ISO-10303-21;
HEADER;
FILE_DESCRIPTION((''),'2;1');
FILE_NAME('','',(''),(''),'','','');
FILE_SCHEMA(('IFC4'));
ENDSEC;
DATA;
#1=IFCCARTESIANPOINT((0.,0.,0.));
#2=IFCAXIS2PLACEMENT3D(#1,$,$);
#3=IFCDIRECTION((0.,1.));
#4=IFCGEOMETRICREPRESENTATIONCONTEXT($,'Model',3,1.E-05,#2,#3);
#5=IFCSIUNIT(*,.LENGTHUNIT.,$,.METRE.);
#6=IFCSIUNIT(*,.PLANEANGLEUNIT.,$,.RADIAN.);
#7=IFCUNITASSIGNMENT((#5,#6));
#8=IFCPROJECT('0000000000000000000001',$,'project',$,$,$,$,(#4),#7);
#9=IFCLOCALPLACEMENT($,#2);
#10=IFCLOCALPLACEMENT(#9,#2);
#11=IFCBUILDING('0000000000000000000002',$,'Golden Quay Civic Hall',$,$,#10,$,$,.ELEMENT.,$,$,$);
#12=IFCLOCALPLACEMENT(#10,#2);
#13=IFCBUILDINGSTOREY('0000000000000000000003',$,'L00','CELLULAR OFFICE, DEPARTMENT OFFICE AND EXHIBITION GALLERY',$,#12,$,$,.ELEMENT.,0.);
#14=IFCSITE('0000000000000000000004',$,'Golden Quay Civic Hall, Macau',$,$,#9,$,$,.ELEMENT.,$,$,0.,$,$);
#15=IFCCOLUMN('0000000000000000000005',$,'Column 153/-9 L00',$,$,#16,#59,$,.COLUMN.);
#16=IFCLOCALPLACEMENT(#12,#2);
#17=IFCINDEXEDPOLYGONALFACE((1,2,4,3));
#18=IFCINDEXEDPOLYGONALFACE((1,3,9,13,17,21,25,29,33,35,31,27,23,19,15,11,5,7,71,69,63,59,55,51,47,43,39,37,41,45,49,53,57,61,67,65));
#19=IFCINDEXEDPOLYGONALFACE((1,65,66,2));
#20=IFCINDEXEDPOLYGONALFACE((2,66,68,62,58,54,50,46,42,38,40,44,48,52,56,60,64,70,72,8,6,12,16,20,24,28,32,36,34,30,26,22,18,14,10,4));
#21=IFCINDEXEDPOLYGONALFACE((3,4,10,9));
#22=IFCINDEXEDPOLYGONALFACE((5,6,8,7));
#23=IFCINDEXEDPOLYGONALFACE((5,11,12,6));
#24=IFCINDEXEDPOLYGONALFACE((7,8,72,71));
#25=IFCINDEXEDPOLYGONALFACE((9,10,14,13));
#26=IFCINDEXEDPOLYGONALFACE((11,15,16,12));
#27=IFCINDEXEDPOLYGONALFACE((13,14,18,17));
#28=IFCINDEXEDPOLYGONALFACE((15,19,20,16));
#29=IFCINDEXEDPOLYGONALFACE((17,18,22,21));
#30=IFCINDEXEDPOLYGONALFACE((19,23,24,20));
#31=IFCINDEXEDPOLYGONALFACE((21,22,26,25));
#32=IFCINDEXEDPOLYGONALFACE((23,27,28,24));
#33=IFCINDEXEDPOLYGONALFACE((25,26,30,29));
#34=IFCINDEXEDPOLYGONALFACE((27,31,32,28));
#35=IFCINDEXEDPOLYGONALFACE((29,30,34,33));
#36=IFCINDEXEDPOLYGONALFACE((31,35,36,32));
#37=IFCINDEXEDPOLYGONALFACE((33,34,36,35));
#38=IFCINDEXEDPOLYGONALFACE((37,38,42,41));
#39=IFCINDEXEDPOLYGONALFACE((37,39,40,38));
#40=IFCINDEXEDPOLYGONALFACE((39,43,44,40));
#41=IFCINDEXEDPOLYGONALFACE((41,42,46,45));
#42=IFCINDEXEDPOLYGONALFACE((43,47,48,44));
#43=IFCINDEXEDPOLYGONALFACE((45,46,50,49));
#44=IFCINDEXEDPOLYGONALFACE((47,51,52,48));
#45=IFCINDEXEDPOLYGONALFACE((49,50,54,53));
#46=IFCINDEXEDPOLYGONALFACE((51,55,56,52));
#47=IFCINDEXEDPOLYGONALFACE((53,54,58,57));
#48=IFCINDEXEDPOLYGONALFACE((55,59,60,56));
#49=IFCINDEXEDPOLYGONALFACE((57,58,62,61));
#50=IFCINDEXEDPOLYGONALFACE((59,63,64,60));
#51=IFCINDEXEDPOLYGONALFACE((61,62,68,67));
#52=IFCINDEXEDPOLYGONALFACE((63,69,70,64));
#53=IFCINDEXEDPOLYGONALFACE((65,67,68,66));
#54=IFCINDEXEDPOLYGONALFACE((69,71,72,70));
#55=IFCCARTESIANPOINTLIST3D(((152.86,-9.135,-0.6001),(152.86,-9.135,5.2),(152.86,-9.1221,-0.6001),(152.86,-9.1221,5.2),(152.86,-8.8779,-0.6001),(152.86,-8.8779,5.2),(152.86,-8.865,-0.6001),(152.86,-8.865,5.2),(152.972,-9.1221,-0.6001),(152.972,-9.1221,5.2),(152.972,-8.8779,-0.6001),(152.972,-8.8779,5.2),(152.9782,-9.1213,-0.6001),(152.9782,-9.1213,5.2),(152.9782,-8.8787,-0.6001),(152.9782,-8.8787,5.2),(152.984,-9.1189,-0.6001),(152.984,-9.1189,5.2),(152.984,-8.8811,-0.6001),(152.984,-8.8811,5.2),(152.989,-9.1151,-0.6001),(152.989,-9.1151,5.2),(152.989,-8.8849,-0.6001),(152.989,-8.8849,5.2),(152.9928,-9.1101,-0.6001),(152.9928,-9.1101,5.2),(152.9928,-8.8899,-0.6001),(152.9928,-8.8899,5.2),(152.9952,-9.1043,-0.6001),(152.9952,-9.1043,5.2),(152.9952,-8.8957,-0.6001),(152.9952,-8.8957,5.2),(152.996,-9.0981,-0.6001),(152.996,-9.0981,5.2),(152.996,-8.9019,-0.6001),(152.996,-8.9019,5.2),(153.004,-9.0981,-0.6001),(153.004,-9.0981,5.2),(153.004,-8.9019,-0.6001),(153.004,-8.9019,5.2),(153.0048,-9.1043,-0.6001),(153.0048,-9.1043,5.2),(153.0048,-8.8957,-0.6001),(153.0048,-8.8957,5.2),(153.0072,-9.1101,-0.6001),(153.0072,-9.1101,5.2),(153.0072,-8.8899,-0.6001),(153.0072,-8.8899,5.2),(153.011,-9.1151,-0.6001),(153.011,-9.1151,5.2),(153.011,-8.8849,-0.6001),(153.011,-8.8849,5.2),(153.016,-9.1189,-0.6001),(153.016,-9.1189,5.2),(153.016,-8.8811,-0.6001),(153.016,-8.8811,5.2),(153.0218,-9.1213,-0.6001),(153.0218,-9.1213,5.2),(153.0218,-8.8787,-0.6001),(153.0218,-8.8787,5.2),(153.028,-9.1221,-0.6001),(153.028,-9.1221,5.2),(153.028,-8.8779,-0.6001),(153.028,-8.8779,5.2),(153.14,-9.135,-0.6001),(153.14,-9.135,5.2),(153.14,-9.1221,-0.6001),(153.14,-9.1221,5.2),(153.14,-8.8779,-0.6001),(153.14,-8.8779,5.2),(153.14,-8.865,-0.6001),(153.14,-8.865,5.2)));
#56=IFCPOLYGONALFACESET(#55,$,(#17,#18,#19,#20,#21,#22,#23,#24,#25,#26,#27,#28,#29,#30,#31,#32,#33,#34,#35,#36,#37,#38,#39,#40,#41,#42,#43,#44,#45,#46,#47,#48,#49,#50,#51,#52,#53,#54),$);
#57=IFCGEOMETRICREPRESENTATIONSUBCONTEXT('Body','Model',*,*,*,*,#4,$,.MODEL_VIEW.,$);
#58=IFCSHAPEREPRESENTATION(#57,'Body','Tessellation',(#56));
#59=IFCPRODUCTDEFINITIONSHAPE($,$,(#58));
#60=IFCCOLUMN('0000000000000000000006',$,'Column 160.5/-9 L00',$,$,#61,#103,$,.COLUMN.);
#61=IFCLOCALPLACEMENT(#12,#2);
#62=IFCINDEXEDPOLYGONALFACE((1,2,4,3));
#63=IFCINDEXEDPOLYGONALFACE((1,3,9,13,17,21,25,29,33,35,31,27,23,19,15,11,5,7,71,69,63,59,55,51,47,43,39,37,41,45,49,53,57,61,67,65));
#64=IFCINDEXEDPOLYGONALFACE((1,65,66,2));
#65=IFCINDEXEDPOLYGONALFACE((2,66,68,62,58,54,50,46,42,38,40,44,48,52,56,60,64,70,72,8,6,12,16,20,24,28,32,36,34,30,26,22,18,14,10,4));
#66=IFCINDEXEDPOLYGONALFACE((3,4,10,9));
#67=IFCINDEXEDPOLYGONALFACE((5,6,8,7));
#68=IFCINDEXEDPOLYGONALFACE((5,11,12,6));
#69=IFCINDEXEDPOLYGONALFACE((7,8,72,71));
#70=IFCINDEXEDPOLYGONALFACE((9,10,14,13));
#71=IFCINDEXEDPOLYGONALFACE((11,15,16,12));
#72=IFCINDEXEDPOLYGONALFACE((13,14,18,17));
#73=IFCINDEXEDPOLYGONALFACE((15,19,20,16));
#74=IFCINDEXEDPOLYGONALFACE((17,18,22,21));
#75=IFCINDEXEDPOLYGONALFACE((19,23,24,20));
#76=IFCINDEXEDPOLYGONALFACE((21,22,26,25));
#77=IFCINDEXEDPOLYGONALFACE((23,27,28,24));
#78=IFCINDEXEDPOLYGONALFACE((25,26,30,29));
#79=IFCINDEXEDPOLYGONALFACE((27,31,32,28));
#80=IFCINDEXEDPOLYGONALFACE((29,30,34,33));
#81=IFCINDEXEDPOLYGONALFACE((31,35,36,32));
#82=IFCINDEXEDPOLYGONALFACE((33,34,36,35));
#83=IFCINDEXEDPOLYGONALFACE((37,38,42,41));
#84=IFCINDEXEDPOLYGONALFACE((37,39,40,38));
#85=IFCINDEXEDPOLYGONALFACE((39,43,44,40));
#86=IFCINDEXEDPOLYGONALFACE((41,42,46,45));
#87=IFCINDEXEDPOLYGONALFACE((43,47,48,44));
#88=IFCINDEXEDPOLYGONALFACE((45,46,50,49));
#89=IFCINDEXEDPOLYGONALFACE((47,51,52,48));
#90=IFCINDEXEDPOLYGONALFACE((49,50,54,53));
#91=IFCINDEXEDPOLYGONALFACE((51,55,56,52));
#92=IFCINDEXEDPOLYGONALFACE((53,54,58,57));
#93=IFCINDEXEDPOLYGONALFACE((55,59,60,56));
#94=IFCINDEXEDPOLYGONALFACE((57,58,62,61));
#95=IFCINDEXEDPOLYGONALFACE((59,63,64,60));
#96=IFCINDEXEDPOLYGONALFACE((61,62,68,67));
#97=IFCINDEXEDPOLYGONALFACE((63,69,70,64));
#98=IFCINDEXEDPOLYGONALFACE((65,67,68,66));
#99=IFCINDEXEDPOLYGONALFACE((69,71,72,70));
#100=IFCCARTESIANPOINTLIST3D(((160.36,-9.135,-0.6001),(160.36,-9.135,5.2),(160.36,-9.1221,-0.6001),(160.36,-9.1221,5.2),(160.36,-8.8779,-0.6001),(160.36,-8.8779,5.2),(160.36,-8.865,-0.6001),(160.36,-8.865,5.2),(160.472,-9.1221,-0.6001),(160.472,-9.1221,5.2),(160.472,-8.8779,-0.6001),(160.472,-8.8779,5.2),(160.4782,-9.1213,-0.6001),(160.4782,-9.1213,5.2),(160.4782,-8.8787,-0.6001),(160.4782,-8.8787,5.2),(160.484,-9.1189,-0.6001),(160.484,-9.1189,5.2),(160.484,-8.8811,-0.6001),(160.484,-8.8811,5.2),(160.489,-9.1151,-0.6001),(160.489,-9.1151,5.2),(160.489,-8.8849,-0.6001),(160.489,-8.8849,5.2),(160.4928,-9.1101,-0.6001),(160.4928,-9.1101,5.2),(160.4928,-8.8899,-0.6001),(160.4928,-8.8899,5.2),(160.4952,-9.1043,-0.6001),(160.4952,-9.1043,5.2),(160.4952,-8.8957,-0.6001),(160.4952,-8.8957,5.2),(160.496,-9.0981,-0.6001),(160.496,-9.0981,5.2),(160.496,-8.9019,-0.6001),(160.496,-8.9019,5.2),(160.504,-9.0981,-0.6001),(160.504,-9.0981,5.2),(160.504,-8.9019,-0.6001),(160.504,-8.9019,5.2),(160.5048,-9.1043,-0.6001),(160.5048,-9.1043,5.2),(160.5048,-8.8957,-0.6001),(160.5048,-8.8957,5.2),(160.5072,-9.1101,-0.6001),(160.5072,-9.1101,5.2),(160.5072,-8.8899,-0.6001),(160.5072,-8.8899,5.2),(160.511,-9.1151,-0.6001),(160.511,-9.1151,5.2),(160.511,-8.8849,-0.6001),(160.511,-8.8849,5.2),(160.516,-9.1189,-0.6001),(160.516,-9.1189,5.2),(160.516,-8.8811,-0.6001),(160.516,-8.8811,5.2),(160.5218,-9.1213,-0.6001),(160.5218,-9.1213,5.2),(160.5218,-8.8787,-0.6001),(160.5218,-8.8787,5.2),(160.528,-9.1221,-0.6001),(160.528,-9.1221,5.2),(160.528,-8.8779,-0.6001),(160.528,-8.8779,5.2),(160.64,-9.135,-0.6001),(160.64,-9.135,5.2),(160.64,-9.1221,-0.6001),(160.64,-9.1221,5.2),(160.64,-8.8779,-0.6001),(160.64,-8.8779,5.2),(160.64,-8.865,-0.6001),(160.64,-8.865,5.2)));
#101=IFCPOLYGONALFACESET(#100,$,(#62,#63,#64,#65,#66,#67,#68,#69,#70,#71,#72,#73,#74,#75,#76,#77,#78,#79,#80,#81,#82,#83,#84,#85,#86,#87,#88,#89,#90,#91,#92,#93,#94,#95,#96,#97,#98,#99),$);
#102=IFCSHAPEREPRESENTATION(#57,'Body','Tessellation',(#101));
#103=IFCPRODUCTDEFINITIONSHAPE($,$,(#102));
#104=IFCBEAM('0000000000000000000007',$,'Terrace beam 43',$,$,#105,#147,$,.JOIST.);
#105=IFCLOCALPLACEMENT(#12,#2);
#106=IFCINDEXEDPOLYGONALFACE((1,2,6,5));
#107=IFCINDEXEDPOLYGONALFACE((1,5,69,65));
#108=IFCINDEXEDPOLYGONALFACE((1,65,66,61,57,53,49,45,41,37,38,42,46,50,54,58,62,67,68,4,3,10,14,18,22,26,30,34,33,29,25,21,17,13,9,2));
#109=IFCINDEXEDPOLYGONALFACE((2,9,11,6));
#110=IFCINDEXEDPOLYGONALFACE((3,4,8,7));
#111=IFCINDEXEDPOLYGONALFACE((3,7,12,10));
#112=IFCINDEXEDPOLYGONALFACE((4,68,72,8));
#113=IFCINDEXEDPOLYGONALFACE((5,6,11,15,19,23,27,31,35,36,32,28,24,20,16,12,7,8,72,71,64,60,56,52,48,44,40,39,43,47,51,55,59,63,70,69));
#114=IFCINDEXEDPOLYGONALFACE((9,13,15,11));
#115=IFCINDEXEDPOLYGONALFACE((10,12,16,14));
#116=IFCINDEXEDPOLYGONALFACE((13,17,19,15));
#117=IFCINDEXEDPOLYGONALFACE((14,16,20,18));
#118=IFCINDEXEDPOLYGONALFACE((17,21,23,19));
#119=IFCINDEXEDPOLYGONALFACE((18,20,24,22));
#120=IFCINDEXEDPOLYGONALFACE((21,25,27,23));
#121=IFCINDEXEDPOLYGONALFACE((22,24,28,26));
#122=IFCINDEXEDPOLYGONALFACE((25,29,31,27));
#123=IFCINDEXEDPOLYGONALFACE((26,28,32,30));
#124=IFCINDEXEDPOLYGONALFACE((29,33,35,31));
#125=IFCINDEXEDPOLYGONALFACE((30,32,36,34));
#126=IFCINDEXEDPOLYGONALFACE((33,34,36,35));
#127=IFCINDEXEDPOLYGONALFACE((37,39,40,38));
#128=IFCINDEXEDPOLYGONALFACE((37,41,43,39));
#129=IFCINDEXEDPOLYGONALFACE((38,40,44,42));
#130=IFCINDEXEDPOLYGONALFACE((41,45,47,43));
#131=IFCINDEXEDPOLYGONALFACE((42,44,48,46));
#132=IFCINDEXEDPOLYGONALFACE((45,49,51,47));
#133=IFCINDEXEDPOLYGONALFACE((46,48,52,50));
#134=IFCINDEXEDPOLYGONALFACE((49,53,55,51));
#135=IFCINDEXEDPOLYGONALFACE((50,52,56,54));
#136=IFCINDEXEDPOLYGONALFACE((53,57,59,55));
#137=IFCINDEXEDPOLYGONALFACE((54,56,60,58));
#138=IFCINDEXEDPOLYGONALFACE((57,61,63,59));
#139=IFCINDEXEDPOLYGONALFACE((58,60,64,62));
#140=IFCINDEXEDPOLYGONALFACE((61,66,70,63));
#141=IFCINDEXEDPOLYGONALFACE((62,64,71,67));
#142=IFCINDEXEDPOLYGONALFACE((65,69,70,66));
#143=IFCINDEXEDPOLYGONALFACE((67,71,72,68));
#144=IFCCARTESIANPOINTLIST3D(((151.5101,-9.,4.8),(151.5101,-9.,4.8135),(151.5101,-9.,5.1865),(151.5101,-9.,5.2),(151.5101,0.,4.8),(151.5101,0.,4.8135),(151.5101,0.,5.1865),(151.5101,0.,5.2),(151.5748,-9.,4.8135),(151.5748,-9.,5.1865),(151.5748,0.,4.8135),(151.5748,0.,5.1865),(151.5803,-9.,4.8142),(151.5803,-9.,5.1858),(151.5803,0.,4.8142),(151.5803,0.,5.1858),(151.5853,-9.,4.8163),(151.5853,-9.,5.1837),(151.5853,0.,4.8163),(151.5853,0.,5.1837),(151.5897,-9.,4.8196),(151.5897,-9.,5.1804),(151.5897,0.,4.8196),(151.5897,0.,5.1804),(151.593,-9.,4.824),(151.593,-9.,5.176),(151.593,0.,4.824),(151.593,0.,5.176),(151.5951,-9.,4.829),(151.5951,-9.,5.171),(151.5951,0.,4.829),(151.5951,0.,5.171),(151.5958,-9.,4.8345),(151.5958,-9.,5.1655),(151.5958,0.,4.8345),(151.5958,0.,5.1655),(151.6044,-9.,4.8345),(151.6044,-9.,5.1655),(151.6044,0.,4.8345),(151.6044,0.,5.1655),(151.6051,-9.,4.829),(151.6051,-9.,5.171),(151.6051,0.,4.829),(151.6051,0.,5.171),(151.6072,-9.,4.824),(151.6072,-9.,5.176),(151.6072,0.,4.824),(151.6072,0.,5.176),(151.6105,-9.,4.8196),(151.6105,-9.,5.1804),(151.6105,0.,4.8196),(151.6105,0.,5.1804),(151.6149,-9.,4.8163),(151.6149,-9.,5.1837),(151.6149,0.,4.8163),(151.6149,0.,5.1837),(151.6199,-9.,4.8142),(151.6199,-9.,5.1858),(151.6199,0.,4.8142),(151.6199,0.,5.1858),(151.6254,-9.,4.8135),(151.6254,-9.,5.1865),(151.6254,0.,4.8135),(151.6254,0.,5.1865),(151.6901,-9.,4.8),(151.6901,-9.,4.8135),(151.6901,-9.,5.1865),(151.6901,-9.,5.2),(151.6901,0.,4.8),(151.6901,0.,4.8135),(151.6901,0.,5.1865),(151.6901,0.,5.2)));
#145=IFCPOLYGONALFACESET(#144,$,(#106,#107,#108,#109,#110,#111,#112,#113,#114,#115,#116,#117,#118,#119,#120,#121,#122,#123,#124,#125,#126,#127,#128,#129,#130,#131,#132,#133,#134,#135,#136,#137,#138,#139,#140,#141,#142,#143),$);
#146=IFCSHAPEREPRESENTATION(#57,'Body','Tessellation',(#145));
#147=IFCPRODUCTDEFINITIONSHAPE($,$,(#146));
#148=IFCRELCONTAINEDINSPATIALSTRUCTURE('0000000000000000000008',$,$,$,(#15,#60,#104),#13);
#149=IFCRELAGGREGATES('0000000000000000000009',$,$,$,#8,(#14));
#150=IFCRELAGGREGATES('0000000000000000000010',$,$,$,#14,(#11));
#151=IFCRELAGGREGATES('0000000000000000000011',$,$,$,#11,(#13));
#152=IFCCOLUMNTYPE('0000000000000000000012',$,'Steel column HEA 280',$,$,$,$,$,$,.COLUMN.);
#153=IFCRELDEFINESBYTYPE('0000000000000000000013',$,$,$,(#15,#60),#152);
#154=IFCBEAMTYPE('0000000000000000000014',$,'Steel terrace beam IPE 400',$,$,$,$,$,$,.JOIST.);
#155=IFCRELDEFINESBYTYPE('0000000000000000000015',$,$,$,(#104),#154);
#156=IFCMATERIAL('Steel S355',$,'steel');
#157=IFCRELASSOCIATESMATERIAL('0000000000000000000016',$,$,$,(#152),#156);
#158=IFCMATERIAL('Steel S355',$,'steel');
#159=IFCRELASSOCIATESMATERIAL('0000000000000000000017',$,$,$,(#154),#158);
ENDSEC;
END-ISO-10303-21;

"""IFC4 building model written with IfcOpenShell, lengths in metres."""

from ifc_helpers import new_model, si_unit, direction, frame, origin, origin_2d, place, context, subcontext, project, spatial, i_section, extrude, material, material_profile, profile_set, type_object, element, save


model = new_model("IFC4")

# Units and contexts
model_context = context("Model", 3, precision=1e-05, world=origin(), true_north=direction((0.0, 1.0)))
body_context = subcontext(model_context, "Body", "Model", "MODEL_VIEW")
ifc_project = project(units=[si_unit("LENGTHUNIT", "METRE"), si_unit("PLANEANGLEUNIT", "RADIAN")], contexts=[model_context])

# Site, building, storey
site_placement = place(None, origin())
site = spatial("IfcSite", under=ifc_project, at=site_placement, Name="Golden Quay Civic Hall, Macau", CompositionType="ELEMENT", RefElevation=0.0)
building_placement = place(site_placement, origin())
building = spatial("IfcBuilding", under=site, at=building_placement, Name="Golden Quay Civic Hall", CompositionType="ELEMENT")
storey_placement = place(building_placement, origin())
storey = spatial("IfcBuildingStorey", under=building, at=storey_placement, Name="L00", Description="CELLULAR OFFICE, DEPARTMENT OFFICE AND EXHIBITION GALLERY", CompositionType="ELEMENT", Elevation=0.0)

# Columns
ifc_material_1 = material(Name="Steel S355", Category="steel")
ifc_material_profile_1 = material_profile(ifc_material_1, i_section(OverallWidth=0.28, OverallDepth=0.27, WebThickness=0.0081, FlangeThickness=0.0129, FilletRadius=0.0239, at=origin_2d()), Name="HEA 280")
ifc_profile_set_1 = profile_set([ifc_material_profile_1], Name="Steel S355")
column_type = type_object("IfcColumnType", Name="Steel column HEA 280", PredefinedType="COLUMN", material=ifc_profile_set_1)
for number, where, z_axis, x_axis, name in (
    (1, (153.0, -9.0, -0.6001), (0.0, 0.0, 1.0), (1.0, 0.0, 0.0), "Column 153/-9 L00"),
    (2, (160.5, -9.0, -0.6001), (0.0, 0.0, 1.0), (1.0, 0.0, 0.0), "Column 160.5/-9 L00"),
):
    element("IfcColumn", number, at=place(storey_placement, frame(where, z_axis=z_axis, x_axis=x_axis)), inside=storey, type_object=column_type, Name=name, PredefinedType="COLUMN", context=body_context, shape_type="SweptSolid", body=[
        extrude(i_section(OverallWidth=0.28, OverallDepth=0.27, WebThickness=0.0081, FlangeThickness=0.0129, FilletRadius=0.0239, at=origin_2d()), origin(), (0.0, 0.0, 1.0), 5.8),
    ])

# Beam
ifc_material_2 = material(Name="Steel S355", Category="steel")
ifc_material_profile_2 = material_profile(ifc_material_2, i_section(OverallWidth=0.1799, OverallDepth=0.3999, WebThickness=0.0085, FlangeThickness=0.0134, FilletRadius=0.021, at=origin_2d()), Name="IPE 400")
ifc_profile_set_2 = profile_set([ifc_material_profile_2], Name="Steel S355")
beam_type = type_object("IfcBeamType", Name="Steel terrace beam IPE 400", PredefinedType="JOIST", material=ifc_profile_set_2)
beam_placement = place(storey_placement, frame((151.6001, -9.0, 5.0), z_axis=(0.0, 1.0, 0.0), x_axis=(-1.0, 0.0, 0.0)))
element("IfcBeam", 3, at=beam_placement, inside=storey, type_object=beam_type, Name="Terrace beam 43", PredefinedType="JOIST", context=body_context, shape_type="SweptSolid", body=[
    extrude(i_section(OverallWidth=0.1799, OverallDepth=0.3999, WebThickness=0.0085, FlangeThickness=0.0134, FilletRadius=0.021, at=origin_2d()), origin(), (0.0, 0.0, 1.0), 9.0),
])

save(model, "model.ifc")
